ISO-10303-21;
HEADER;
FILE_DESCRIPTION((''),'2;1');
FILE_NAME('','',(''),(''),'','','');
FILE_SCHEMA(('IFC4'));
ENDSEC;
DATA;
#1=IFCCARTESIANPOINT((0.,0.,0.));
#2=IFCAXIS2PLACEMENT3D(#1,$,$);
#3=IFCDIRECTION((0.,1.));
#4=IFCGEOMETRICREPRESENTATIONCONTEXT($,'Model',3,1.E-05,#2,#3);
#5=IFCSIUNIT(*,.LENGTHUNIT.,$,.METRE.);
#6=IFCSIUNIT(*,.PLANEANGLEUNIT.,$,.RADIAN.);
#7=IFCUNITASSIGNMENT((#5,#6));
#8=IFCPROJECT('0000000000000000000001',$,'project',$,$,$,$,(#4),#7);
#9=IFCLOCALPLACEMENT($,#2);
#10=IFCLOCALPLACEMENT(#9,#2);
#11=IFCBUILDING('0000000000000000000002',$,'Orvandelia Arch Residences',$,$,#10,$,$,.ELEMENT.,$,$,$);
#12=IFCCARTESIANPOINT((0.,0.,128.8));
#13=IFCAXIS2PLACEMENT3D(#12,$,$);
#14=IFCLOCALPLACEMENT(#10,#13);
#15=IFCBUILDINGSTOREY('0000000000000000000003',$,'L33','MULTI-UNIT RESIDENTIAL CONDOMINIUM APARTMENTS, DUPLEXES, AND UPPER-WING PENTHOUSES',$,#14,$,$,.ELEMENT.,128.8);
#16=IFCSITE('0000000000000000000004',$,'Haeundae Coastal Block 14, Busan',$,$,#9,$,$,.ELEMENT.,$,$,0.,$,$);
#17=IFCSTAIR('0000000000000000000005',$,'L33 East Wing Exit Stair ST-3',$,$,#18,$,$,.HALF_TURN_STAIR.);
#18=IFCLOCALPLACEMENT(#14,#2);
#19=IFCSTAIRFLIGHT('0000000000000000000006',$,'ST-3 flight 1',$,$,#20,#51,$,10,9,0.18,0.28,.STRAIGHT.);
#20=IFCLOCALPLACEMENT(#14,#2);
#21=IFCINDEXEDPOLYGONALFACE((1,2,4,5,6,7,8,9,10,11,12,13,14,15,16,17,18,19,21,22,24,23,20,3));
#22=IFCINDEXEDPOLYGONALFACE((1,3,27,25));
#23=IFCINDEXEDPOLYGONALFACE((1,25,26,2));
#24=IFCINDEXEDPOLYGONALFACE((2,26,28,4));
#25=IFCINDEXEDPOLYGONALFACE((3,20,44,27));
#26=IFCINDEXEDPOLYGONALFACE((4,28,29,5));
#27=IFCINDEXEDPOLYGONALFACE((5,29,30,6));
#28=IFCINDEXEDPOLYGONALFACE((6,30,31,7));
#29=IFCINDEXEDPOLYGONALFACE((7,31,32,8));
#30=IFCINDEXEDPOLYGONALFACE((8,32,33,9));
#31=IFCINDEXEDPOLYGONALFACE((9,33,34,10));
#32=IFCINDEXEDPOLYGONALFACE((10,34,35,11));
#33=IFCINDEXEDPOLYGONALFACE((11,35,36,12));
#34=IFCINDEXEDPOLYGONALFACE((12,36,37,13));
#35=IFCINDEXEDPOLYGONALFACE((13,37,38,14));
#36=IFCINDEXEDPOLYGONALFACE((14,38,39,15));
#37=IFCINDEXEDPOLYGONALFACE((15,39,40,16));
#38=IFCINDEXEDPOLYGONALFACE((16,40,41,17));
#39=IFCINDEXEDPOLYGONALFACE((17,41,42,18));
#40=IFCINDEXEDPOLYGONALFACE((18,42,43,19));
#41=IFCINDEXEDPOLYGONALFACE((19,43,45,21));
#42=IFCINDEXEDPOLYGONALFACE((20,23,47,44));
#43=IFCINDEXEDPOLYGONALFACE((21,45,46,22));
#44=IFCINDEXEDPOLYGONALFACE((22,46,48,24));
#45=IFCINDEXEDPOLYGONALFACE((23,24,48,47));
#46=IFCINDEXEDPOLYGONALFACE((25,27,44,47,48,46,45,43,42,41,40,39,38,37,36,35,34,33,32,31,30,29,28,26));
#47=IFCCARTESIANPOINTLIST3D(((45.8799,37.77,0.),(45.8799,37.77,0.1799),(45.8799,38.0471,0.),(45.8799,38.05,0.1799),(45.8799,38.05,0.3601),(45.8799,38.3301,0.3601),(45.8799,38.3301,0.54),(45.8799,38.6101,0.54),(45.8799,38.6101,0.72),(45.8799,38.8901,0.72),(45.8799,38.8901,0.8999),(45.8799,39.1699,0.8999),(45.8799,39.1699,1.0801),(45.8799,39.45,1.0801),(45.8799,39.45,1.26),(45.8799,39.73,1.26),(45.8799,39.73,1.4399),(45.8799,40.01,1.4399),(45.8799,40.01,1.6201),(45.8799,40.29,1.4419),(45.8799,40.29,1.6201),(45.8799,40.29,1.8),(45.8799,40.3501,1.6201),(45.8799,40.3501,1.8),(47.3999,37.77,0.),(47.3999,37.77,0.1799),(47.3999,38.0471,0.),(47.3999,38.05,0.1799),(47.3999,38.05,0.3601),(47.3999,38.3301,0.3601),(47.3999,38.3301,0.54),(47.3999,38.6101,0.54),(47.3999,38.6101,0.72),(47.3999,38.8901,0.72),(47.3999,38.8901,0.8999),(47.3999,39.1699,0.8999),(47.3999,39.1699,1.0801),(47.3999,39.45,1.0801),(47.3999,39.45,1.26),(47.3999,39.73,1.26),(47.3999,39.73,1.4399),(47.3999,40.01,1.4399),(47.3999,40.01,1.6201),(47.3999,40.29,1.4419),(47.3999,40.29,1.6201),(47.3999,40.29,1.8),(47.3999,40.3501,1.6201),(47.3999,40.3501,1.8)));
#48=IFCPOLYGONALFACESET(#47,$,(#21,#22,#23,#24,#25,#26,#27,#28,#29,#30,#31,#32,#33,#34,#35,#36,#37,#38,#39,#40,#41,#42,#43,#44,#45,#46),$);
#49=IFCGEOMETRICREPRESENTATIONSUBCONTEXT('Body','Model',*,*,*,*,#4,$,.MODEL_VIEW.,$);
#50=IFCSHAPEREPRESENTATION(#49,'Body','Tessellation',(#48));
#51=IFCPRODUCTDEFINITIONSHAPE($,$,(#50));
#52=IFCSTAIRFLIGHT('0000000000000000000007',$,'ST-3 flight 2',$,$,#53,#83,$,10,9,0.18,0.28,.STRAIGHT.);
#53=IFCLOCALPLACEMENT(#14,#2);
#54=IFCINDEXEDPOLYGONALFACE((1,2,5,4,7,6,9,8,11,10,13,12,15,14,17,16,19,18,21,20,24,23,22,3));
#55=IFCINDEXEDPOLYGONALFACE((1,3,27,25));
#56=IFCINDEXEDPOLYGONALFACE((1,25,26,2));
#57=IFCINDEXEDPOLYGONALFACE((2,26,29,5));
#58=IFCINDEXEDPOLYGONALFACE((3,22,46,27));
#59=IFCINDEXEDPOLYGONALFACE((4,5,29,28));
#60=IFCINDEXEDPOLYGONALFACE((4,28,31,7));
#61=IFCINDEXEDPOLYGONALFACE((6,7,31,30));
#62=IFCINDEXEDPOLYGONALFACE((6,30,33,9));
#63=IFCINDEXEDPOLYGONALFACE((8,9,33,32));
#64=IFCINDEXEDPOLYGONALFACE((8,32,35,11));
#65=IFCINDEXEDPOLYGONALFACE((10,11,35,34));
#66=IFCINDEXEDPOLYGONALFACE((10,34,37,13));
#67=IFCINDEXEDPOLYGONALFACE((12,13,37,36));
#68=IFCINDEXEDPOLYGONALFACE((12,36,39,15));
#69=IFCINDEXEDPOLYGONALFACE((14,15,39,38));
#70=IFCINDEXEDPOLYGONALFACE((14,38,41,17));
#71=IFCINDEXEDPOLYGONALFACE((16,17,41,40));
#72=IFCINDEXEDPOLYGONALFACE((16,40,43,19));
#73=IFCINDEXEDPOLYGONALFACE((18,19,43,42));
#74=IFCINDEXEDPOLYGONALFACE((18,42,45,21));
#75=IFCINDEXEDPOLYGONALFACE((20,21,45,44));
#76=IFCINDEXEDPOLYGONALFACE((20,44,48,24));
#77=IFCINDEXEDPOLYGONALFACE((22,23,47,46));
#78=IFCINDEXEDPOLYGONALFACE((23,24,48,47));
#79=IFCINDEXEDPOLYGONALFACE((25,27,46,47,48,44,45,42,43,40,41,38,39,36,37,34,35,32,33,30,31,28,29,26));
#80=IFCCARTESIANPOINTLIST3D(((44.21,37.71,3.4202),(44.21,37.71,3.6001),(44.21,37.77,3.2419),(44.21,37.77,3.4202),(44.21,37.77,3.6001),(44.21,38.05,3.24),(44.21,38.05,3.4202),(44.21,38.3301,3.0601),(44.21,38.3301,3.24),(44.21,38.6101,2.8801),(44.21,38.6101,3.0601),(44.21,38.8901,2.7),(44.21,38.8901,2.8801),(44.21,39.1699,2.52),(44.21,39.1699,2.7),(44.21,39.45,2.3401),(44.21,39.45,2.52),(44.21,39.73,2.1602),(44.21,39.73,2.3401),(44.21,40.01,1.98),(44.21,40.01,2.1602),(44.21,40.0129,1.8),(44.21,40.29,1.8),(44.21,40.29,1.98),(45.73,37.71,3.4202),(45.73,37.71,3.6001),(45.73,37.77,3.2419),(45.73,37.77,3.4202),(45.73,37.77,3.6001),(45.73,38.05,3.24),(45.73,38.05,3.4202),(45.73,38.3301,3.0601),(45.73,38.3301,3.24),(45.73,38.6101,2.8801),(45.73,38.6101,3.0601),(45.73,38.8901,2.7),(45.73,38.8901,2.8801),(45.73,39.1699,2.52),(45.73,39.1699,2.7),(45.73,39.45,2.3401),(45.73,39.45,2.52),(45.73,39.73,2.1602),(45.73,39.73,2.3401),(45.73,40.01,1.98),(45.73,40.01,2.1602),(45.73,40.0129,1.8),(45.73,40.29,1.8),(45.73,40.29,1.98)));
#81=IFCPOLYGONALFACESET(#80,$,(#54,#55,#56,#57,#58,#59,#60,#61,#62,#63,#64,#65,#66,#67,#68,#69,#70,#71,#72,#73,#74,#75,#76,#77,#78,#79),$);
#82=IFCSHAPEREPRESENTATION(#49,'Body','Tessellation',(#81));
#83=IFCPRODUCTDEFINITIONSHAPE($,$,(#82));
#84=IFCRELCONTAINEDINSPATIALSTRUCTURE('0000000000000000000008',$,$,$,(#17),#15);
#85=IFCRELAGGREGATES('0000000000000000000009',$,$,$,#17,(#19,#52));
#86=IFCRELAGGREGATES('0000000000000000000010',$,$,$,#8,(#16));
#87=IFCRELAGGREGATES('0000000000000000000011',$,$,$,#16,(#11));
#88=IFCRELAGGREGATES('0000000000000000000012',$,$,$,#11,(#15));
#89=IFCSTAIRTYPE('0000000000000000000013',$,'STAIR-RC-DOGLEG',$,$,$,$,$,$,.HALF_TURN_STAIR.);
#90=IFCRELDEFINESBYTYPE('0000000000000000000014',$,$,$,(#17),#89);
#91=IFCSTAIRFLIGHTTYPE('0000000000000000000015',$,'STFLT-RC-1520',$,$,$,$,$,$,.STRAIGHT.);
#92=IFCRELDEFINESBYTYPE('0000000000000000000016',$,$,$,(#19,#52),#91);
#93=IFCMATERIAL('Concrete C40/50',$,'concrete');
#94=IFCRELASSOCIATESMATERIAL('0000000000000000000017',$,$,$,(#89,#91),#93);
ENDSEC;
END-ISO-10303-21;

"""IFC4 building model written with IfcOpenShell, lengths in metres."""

from ifc_helpers import new_model, si_unit, direction, frame, origin, place, context, subcontext, project, spatial, polyline, outline, extrude, material, type_object, element, aggregate, save


model = new_model("IFC4")

# Units and contexts
model_context = context("Model", 3, precision=1e-05, world=origin(), true_north=direction((0.0, 1.0)))
body_context = subcontext(model_context, "Body", "Model", "MODEL_VIEW")
ifc_project = project(units=[si_unit("LENGTHUNIT", "METRE"), si_unit("PLANEANGLEUNIT", "RADIAN")], contexts=[model_context])

# Site, building, storey
site_placement = place(None, origin())
site = spatial("IfcSite", under=ifc_project, at=site_placement, Name="Haeundae Coastal Block 14, Busan", CompositionType="ELEMENT", RefElevation=0.0)
building_placement = place(site_placement, origin())
building = spatial("IfcBuilding", under=site, at=building_placement, Name="Orvandelia Arch Residences", CompositionType="ELEMENT")
storey_placement = place(building_placement, frame((0.0, 0.0, 128.8)))
storey = spatial("IfcBuildingStorey", under=building, at=storey_placement, Name="L33", Description="MULTI-UNIT RESIDENTIAL CONDOMINIUM APARTMENTS, DUPLEXES, AND UPPER-WING PENTHOUSES", CompositionType="ELEMENT", Elevation=128.8)

# Stair, stair flights
ifc_material_1 = material(Name="Concrete C40/50", Category="concrete")
stair_type = type_object("IfcStairType", Name="STAIR-RC-DOGLEG", PredefinedType="HALF_TURN_STAIR", material=ifc_material_1)
stair_placement = place(storey_placement, origin())
stair = element("IfcStair", 1, at=stair_placement, inside=storey, type_object=stair_type, Name="L33 East Wing Exit Stair ST-3", PredefinedType="HALF_TURN_STAIR")
stair_flight_type = type_object("IfcStairFlightType", Name="STFLT-RC-1520", PredefinedType="STRAIGHT", material=ifc_material_1)
stair_flight_1_placement = place(storey_placement, frame((46.6399, 37.77, 0.0), z_axis=(0.0, 0.0, 1.0), x_axis=(0.0, 1.0, 0.0)))
stair_flight_1 = element("IfcStairFlight", 2, at=stair_flight_1_placement, type_object=stair_flight_type, Name="ST-3 flight 1", NumberOfRisers=10, NumberOfTreads=9, PredefinedType="STRAIGHT", RiserHeight=0.18, TreadLength=0.28, context=body_context, shape_type="SweptSolid", body=[
    extrude(outline(polyline([(0.0, 0.0), (0.0, 0.1799), (0.28, 0.1799), (0.28, 0.3601), (0.5601, 0.3601), (0.5601, 0.54), (0.8401, 0.54), (0.8401, 0.72), (1.1201, 0.72), (1.1201, 0.8999), (1.3999, 0.8999), (1.3999, 1.0801), (1.6799, 1.0801), (1.6799, 1.26), (1.96, 1.26), (1.96, 1.4399), (2.24, 1.4399), (2.24, 1.6201), (2.52, 1.6201), (2.52, 1.8), (2.5801, 1.8), (2.5801, 1.6201), (2.52, 1.4419), (0.2771, 0.0), (0.0, 0.0)])), frame((0.0, 0.76, 0.0), z_axis=(0.0, -1.0, 0.0), x_axis=(1.0, 0.0, 0.0)), (0.0, 0.0, 1.0), 1.52),
])
stair_flight_2_placement = place(storey_placement, frame((44.97, 40.29, 1.8), z_axis=(0.0, 0.0, 1.0), x_axis=(0.0, -1.0, 0.0)))
stair_flight_2 = element("IfcStairFlight", 3, at=stair_flight_2_placement, type_object=stair_flight_type, Name="ST-3 flight 2", NumberOfRisers=10, NumberOfTreads=9, PredefinedType="STRAIGHT", RiserHeight=0.18, TreadLength=0.28, context=body_context, shape_type="SweptSolid", body=[
    extrude(outline(polyline([(0.0, 0.0), (0.0, 0.1799), (0.28, 0.1799), (0.28, 0.3601), (0.5601, 0.3601), (0.5601, 0.54), (0.8401, 0.54), (0.8401, 0.72), (1.1201, 0.72), (1.1201, 0.8999), (1.3999, 0.8999), (1.3999, 1.0801), (1.6799, 1.0801), (1.6799, 1.26), (1.96, 1.26), (1.96, 1.4399), (2.24, 1.4399), (2.24, 1.6201), (2.52, 1.6201), (2.52, 1.8), (2.5801, 1.8), (2.5801, 1.6201), (2.52, 1.4419), (0.2771, 0.0), (0.0, 0.0)])), frame((0.0, 0.76, 0.0), z_axis=(0.0, -1.0, 0.0), x_axis=(1.0, 0.0, 0.0)), (0.0, 0.0, 1.0), 1.52),
])
aggregate(stair, [stair_flight_1, stair_flight_2])

save(model, "model.ifc")
